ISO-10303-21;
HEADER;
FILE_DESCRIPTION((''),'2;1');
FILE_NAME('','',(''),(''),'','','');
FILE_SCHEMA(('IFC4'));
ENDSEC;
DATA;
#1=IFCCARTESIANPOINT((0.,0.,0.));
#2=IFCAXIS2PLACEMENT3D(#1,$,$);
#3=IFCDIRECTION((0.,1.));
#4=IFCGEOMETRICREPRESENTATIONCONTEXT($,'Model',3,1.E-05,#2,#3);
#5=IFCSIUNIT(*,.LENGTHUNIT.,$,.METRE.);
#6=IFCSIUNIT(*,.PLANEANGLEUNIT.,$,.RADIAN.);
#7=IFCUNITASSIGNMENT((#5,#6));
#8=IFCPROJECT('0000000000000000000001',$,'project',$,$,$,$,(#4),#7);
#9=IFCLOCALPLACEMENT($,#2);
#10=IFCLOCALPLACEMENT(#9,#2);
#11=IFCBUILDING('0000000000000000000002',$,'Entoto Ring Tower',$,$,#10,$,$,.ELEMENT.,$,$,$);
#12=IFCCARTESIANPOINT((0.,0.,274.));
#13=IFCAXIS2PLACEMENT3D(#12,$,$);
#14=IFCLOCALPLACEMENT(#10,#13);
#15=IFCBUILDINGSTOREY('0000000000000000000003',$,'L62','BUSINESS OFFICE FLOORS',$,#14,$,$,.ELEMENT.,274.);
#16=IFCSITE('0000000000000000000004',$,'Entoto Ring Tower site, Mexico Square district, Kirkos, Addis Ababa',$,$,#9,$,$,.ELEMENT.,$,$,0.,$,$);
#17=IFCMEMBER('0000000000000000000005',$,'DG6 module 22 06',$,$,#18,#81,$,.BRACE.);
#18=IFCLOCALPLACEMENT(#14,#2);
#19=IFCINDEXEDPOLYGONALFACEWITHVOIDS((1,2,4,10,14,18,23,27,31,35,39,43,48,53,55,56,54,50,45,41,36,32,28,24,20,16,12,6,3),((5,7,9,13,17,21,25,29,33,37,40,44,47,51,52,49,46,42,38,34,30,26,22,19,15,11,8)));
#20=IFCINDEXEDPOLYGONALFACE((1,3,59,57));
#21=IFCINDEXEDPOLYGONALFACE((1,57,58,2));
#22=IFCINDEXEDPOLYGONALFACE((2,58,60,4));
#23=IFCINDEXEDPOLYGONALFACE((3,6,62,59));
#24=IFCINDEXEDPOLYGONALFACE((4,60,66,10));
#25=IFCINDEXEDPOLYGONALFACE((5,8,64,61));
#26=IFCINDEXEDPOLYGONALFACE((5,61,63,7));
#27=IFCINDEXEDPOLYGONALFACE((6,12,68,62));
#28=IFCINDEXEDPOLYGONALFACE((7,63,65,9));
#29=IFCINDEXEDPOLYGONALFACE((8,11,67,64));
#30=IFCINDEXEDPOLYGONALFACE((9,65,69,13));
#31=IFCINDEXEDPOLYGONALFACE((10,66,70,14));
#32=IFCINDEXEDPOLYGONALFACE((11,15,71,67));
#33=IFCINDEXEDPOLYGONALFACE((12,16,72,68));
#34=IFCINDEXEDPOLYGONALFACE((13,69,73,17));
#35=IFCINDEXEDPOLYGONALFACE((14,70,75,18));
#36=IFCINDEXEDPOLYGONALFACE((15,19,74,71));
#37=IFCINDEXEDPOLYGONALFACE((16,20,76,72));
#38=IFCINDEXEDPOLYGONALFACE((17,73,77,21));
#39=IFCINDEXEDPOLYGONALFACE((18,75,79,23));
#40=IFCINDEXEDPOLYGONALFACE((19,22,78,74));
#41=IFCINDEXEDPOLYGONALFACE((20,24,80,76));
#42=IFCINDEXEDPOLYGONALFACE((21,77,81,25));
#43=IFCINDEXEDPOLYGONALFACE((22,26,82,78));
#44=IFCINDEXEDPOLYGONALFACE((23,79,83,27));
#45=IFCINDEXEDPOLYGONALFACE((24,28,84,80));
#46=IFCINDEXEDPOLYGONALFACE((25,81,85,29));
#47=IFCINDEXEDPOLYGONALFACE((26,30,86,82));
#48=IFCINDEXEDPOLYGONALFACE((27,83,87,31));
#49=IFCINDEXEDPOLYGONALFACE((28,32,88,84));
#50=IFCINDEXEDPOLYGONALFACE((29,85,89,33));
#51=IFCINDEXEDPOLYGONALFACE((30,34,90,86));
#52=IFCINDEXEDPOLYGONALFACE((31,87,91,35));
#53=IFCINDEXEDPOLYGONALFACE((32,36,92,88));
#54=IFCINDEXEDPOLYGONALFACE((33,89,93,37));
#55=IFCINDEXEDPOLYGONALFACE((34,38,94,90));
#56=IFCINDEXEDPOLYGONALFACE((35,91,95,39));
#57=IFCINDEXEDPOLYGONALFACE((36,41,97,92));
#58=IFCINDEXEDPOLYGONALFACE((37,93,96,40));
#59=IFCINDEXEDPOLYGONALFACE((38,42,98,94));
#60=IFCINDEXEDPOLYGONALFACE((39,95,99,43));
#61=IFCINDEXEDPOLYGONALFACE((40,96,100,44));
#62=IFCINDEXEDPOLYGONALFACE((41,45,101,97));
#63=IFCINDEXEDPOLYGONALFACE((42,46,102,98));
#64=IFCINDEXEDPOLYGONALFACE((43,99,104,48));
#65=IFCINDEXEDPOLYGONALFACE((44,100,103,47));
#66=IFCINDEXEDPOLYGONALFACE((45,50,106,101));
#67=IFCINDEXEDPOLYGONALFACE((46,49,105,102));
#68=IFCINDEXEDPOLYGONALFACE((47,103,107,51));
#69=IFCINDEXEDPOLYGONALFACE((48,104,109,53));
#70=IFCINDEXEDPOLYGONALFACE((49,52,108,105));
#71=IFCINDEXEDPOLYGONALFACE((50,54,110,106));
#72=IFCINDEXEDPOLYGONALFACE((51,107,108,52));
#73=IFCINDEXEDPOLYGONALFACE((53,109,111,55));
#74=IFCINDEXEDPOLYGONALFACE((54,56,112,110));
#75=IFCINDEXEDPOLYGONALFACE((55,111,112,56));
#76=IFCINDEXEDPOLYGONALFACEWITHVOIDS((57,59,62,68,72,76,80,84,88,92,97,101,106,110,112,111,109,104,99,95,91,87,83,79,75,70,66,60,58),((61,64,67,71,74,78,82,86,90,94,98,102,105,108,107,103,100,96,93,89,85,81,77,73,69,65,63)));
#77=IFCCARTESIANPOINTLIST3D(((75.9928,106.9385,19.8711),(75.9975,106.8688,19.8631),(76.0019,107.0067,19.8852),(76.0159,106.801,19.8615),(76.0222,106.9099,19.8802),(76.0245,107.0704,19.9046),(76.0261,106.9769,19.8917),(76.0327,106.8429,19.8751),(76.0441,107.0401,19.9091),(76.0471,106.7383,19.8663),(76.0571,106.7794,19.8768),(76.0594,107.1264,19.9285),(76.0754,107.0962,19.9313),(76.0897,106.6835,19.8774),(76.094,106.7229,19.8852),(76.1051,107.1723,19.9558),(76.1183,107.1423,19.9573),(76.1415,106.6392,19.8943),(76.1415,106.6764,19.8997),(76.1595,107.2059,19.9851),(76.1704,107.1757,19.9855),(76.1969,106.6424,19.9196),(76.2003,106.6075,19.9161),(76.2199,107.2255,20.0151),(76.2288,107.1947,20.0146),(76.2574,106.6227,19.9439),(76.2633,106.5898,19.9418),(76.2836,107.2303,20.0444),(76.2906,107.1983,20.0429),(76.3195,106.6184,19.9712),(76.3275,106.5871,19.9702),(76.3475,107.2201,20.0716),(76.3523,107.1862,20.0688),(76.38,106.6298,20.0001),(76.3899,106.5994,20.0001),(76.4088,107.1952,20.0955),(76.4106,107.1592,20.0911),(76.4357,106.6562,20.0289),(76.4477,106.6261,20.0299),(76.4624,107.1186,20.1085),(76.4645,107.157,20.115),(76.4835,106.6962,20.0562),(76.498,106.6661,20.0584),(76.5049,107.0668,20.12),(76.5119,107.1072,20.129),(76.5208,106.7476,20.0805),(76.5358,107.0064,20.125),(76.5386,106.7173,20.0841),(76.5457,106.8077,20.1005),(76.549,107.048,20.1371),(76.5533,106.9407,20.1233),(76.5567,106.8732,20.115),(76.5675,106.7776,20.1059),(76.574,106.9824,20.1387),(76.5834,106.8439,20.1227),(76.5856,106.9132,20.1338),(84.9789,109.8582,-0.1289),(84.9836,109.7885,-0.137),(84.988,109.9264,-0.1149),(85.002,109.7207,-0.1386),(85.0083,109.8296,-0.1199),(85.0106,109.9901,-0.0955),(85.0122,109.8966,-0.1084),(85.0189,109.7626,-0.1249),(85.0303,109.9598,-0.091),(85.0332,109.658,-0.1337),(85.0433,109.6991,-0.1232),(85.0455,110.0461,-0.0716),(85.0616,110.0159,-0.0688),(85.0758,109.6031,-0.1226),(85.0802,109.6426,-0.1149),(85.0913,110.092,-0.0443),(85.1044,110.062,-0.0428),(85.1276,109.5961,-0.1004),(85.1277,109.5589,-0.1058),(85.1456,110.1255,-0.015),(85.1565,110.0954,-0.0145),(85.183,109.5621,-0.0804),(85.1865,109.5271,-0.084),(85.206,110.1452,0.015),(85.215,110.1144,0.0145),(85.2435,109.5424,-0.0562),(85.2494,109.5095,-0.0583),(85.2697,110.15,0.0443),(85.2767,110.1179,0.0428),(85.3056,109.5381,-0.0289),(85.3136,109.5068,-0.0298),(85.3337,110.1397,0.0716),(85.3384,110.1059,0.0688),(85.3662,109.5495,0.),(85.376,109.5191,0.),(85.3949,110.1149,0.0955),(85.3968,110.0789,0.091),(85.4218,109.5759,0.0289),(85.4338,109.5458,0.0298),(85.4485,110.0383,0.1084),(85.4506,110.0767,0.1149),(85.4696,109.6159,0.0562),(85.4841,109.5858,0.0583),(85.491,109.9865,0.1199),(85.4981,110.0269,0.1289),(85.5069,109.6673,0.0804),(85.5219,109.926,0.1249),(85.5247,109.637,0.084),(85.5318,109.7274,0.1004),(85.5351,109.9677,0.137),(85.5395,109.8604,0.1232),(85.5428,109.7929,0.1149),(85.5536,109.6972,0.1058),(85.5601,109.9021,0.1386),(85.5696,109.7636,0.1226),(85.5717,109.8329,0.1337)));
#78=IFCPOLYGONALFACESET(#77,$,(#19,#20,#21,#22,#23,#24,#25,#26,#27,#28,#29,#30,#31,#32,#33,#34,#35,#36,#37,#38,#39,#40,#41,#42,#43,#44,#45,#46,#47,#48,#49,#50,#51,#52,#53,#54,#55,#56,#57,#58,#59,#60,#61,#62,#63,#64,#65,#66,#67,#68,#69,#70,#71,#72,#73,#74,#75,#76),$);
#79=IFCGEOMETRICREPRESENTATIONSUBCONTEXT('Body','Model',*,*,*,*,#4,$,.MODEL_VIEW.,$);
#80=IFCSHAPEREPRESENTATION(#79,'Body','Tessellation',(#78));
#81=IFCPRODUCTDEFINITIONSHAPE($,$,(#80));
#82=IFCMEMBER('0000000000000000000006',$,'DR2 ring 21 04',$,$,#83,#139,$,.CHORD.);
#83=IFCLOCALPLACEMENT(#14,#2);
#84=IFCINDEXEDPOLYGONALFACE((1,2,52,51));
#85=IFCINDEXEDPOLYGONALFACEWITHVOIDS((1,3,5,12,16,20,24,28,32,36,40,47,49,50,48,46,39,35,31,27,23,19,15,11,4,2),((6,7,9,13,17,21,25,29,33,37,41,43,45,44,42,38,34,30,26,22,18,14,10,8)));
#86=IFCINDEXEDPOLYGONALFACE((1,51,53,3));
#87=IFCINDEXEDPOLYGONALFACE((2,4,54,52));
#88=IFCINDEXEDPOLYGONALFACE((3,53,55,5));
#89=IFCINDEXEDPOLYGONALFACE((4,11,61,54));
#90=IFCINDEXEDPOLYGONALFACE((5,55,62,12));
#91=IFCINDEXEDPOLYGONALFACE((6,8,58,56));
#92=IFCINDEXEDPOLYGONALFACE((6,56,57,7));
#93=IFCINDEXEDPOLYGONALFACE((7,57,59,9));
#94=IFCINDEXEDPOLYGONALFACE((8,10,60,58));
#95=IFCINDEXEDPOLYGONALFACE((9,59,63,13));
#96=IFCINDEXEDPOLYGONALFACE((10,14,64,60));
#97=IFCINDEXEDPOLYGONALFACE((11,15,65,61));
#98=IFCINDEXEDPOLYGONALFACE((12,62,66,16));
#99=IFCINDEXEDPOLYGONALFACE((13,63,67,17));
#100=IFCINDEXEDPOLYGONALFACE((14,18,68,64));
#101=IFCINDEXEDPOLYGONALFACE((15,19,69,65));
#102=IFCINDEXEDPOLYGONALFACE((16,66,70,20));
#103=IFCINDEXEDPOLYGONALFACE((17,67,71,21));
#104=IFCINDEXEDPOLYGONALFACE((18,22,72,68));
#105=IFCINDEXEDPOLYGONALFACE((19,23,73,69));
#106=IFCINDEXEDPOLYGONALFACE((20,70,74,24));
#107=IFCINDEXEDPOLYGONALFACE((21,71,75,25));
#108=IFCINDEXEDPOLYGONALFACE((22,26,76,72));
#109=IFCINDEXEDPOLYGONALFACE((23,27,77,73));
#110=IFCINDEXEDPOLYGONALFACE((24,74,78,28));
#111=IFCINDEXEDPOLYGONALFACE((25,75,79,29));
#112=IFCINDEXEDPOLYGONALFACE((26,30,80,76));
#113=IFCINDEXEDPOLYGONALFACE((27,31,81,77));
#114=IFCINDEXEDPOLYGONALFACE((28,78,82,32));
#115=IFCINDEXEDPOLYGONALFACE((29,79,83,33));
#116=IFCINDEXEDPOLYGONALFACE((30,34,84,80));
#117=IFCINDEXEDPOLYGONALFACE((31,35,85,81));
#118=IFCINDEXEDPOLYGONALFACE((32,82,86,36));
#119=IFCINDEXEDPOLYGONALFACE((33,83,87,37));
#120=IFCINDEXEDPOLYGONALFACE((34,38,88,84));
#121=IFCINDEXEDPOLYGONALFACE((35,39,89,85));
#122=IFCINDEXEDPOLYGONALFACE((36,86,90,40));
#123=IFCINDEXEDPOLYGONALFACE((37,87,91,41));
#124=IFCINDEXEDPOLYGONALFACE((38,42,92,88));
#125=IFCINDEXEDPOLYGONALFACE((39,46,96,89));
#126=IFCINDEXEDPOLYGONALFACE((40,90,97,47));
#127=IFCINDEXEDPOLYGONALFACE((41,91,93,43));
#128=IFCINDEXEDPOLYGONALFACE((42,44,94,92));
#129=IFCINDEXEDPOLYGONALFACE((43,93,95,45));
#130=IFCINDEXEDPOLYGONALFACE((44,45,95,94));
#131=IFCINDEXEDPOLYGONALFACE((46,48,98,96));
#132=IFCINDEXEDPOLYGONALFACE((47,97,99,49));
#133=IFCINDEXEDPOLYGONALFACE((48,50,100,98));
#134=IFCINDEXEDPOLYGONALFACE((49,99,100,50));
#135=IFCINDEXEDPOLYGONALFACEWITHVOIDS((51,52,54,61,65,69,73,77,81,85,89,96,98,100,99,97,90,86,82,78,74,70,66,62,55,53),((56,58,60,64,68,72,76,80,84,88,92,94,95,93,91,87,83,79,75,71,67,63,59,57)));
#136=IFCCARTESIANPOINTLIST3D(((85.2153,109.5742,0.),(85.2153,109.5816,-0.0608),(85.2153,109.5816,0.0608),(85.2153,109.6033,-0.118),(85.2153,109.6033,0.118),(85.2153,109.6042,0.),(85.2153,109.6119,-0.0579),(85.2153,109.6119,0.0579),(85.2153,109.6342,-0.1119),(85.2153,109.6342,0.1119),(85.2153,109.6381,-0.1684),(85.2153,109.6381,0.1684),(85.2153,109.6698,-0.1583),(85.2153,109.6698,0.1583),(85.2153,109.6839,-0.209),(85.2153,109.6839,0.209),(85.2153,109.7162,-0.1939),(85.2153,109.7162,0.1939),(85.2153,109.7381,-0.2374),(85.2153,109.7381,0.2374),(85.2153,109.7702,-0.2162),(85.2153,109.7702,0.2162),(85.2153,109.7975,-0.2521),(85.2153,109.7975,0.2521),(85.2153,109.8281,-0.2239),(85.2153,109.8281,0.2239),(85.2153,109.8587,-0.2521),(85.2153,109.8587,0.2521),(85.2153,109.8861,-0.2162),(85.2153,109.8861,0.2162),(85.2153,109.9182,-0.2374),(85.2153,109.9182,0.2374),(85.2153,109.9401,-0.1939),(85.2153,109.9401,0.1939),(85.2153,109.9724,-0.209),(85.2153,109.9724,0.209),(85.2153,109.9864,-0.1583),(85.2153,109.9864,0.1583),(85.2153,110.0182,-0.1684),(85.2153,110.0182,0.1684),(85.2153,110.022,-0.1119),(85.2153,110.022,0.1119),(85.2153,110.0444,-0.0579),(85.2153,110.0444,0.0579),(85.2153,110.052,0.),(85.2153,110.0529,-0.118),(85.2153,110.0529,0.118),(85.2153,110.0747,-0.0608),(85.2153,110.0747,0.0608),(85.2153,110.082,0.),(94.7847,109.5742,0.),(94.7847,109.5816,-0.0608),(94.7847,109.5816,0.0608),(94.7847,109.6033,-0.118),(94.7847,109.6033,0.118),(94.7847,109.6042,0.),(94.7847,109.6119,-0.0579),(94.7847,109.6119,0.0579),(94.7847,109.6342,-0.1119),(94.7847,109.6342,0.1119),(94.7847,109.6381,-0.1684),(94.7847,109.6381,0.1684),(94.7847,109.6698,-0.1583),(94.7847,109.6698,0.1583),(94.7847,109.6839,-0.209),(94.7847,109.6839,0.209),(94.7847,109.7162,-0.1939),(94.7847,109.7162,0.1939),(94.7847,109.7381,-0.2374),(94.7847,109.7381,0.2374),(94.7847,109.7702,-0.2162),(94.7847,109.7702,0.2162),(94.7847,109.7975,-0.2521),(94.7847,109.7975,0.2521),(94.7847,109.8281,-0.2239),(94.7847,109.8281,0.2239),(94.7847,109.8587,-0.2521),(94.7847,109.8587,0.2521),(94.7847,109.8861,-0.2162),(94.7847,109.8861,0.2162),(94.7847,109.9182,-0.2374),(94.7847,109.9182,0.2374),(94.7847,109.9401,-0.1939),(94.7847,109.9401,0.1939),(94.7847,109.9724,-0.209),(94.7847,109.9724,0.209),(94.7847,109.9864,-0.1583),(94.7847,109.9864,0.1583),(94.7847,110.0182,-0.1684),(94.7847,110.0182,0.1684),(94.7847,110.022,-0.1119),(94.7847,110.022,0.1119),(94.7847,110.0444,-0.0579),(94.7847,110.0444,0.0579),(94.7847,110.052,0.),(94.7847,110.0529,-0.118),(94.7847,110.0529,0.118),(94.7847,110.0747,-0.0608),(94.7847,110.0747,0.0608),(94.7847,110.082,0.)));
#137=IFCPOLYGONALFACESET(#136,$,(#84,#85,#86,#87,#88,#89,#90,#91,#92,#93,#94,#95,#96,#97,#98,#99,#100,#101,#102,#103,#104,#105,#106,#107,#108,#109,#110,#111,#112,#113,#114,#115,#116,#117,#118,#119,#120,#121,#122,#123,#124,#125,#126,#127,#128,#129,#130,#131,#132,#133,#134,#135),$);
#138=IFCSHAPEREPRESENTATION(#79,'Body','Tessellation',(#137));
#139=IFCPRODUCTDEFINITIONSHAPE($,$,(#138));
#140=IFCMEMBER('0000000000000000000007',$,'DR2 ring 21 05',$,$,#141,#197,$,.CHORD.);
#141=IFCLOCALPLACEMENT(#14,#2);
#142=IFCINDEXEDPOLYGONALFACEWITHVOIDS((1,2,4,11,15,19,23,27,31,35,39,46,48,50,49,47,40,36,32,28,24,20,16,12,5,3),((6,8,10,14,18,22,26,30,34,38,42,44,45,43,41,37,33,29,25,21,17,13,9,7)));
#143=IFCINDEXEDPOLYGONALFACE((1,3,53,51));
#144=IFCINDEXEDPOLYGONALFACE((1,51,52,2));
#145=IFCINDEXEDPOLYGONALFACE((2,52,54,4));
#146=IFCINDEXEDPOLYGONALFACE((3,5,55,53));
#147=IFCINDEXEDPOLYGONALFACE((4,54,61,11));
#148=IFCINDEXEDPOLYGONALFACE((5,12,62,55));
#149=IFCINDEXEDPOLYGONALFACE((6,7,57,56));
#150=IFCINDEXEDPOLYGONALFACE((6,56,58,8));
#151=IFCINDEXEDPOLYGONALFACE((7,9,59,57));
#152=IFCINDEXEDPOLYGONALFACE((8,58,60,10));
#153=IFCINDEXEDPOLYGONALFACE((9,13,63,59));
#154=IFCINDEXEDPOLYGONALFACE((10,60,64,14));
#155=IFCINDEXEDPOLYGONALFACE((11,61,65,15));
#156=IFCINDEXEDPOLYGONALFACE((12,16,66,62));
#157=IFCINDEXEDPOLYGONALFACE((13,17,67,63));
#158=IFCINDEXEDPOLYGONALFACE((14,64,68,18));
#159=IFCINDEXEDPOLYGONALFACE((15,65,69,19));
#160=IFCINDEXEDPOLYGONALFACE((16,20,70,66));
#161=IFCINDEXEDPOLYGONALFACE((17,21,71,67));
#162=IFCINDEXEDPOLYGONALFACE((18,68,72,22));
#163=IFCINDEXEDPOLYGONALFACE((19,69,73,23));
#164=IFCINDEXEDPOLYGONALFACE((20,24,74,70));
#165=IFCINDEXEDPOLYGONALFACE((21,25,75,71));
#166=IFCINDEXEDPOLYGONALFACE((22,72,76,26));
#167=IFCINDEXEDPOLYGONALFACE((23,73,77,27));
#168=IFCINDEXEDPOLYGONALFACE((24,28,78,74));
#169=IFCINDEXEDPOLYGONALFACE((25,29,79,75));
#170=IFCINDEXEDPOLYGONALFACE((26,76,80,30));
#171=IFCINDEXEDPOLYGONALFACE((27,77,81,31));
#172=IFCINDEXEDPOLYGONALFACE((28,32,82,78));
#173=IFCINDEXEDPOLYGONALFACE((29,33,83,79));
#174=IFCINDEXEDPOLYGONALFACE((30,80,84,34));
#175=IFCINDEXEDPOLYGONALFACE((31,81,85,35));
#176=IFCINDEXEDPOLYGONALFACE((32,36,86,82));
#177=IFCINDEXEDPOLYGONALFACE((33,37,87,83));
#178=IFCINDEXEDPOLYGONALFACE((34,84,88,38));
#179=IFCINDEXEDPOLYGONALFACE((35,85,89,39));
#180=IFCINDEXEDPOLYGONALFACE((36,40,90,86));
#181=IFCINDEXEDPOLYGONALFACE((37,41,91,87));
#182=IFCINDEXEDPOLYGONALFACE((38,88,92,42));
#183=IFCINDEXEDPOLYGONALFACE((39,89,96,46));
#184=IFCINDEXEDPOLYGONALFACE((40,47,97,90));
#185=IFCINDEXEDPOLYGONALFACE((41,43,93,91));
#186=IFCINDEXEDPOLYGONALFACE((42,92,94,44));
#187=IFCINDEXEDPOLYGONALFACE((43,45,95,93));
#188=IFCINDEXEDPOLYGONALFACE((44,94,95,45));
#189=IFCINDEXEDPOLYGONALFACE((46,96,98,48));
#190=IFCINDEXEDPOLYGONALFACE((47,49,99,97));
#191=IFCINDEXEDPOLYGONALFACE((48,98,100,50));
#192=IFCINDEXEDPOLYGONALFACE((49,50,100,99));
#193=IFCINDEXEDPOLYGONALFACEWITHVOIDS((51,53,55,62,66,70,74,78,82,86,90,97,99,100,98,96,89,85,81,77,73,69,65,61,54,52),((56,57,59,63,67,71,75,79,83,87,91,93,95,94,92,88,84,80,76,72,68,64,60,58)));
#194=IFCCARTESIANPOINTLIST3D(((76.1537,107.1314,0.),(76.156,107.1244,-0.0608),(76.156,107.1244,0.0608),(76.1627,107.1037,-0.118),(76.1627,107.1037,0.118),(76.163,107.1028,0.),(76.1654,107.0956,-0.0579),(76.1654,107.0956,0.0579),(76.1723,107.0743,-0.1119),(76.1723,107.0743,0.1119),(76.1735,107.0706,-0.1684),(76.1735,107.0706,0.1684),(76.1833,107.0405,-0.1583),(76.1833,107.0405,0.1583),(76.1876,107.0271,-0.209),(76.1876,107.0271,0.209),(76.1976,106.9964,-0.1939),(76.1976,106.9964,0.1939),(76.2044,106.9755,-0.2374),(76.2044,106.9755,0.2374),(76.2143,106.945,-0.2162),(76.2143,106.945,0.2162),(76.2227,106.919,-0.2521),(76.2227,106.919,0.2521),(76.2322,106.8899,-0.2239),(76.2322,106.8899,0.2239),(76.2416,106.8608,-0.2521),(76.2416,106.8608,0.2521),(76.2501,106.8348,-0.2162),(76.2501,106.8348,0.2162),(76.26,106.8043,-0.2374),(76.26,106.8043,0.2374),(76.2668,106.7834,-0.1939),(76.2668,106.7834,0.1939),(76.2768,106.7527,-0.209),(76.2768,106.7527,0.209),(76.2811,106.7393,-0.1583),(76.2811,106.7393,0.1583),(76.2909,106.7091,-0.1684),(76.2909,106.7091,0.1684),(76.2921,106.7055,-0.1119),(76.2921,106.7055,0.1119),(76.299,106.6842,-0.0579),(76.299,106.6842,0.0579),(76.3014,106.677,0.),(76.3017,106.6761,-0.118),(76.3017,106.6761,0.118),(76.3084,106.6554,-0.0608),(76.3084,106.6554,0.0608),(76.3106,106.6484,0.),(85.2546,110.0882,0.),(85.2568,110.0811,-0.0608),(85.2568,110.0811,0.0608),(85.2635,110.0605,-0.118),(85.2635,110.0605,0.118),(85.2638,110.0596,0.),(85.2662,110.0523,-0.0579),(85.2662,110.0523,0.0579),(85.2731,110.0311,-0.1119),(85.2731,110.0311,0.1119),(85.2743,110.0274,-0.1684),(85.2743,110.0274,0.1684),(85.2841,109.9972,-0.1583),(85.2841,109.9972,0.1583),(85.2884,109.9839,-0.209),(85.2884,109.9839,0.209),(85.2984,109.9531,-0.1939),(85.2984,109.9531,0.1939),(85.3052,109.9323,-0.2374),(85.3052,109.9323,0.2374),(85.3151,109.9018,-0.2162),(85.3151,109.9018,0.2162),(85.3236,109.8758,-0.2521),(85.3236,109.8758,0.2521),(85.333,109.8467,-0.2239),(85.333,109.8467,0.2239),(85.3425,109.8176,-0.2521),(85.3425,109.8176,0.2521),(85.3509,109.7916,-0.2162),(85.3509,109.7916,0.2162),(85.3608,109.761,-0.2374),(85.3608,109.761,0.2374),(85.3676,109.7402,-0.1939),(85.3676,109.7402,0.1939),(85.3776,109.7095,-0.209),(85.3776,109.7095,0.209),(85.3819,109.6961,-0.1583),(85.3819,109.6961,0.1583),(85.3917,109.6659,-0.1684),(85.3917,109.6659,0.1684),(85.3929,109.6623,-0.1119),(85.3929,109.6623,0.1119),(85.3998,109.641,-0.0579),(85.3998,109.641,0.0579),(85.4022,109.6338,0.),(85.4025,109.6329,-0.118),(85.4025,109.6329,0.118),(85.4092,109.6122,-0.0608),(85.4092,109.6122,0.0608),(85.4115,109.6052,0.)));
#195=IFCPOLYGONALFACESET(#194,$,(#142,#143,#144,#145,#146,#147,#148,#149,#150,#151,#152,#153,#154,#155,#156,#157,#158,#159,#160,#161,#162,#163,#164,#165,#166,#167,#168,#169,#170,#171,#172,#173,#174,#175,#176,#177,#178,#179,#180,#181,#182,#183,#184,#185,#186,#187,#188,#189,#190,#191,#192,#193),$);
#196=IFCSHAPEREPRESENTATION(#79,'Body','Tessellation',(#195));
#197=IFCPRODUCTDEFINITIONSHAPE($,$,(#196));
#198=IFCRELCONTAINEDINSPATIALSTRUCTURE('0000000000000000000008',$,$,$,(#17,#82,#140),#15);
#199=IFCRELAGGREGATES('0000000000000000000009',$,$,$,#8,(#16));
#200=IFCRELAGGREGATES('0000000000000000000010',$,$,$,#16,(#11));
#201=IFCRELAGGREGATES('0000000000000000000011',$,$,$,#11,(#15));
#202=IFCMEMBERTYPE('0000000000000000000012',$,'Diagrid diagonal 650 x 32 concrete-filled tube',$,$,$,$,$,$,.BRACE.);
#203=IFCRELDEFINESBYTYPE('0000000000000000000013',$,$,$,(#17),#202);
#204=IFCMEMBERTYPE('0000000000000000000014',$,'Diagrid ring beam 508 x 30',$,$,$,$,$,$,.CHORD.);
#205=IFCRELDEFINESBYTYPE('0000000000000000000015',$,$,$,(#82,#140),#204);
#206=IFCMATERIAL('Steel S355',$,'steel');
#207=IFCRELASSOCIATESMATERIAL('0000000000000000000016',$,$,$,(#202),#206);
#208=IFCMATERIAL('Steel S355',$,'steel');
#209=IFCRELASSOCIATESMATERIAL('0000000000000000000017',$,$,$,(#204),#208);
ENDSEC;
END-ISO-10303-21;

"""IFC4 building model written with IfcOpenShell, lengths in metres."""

from ifc_helpers import new_model, si_unit, direction, frame, origin, origin_2d, place, context, subcontext, project, spatial, circle, hollow_circle, extrude, material, material_profile, profile_set, type_object, element, save


model = new_model("IFC4")

# Units and contexts
model_context = context("Model", 3, precision=1e-05, world=origin(), true_north=direction((0.0, 1.0)))
body_context = subcontext(model_context, "Body", "Model", "MODEL_VIEW")
ifc_project = project(units=[si_unit("LENGTHUNIT", "METRE"), si_unit("PLANEANGLEUNIT", "RADIAN")], contexts=[model_context])

# Site, building, storey
site_placement = place(None, origin())
site = spatial("IfcSite", under=ifc_project, at=site_placement, Name="Entoto Ring Tower site, Mexico Square district, Kirkos, Addis Ababa", CompositionType="ELEMENT", RefElevation=0.0)
building_placement = place(site_placement, origin())
building = spatial("IfcBuilding", under=site, at=building_placement, Name="Entoto Ring Tower", CompositionType="ELEMENT")
storey_placement = place(building_placement, frame((0.0, 0.0, 274.0)))
storey = spatial("IfcBuildingStorey", under=building, at=storey_placement, Name="L62", Description="BUSINESS OFFICE FLOORS", CompositionType="ELEMENT", Elevation=274.0)

# Members
ifc_material_1 = material(Name="Steel S355", Category="steel")
ifc_material_profile_1 = material_profile(ifc_material_1, hollow_circle(Radius=0.325, WallThickness=0.032, at=origin_2d()), Name="CHS 650 x 32")
ifc_material_2 = material(Name="Concrete C60/75", Category="concrete")
ifc_material_profile_2 = material_profile(ifc_material_2, circle(Radius=0.293, at=origin_2d()), Name="Concrete C60/75 infill")
ifc_profile_set_1 = profile_set([ifc_material_profile_1, ifc_material_profile_2], Name="Steel S355")
member_type_1 = type_object("IfcMemberType", Name="Diagrid diagonal 650 x 32 concrete-filled tube", PredefinedType="BRACE", material=ifc_profile_set_1)
member_1_placement = place(storey_placement, frame((85.2756, 109.8281, 0.0), z_axis=(-0.406251, -0.131995, 0.904178), x_axis=(0.30901, -0.951059, 0.0)))
element("IfcMember", 1, at=member_1_placement, inside=storey, type_object=member_type_1, Name="DG6 module 22 06", PredefinedType="BRACE", context=body_context, shape_type="SweptSolid", body=[
    extrude(hollow_circle(Radius=0.325, WallThickness=0.032, at=origin_2d()), origin(), (0.0, 0.0, 1.0), 22.1196),
])
ifc_material_3 = material(Name="Steel S355", Category="steel")
ifc_material_profile_3 = material_profile(ifc_material_3, hollow_circle(Radius=0.2539, WallThickness=0.03, at=origin_2d()), Name="CHS 508 x 30")
ifc_material_4 = material(Name="Concrete C60/75", Category="concrete")
ifc_material_profile_4 = material_profile(ifc_material_4, circle(Radius=0.2241, at=origin_2d()), Name="Concrete C60/75 infill")
ifc_profile_set_2 = profile_set([ifc_material_profile_3, ifc_material_profile_4], Name="Steel S355")
member_type_2 = type_object("IfcMemberType", Name="Diagrid ring beam 508 x 30", PredefinedType="CHORD", material=ifc_profile_set_2)
member_2_placement = place(storey_placement, frame((94.7847, 109.8281, 0.0), z_axis=(-1.0, 0.0, 0.0), x_axis=(0.0, -1.0, 0.0)))
element("IfcMember", 2, at=member_2_placement, inside=storey, type_object=member_type_2, Name="DR2 ring 21 04", PredefinedType="CHORD", context=body_context, shape_type="SweptSolid", body=[
    extrude(hollow_circle(Radius=0.2539, WallThickness=0.03, at=origin_2d()), origin(), (0.0, 0.0, 1.0), 9.5693),
])
member_3_placement = place(storey_placement, frame((85.333, 109.8467, 0.0), z_axis=(-0.951064, -0.308993, 0.0), x_axis=(0.308993, -0.951064, 0.0)))
element("IfcMember", 3, at=member_3_placement, inside=storey, type_object=member_type_2, Name="DR2 ring 21 05", PredefinedType="CHORD", context=body_context, shape_type="SweptSolid", body=[
    extrude(hollow_circle(Radius=0.2539, WallThickness=0.03, at=origin_2d()), origin(), (0.0, 0.0, 1.0), 9.5691),
])

save(model, "model.ifc")
